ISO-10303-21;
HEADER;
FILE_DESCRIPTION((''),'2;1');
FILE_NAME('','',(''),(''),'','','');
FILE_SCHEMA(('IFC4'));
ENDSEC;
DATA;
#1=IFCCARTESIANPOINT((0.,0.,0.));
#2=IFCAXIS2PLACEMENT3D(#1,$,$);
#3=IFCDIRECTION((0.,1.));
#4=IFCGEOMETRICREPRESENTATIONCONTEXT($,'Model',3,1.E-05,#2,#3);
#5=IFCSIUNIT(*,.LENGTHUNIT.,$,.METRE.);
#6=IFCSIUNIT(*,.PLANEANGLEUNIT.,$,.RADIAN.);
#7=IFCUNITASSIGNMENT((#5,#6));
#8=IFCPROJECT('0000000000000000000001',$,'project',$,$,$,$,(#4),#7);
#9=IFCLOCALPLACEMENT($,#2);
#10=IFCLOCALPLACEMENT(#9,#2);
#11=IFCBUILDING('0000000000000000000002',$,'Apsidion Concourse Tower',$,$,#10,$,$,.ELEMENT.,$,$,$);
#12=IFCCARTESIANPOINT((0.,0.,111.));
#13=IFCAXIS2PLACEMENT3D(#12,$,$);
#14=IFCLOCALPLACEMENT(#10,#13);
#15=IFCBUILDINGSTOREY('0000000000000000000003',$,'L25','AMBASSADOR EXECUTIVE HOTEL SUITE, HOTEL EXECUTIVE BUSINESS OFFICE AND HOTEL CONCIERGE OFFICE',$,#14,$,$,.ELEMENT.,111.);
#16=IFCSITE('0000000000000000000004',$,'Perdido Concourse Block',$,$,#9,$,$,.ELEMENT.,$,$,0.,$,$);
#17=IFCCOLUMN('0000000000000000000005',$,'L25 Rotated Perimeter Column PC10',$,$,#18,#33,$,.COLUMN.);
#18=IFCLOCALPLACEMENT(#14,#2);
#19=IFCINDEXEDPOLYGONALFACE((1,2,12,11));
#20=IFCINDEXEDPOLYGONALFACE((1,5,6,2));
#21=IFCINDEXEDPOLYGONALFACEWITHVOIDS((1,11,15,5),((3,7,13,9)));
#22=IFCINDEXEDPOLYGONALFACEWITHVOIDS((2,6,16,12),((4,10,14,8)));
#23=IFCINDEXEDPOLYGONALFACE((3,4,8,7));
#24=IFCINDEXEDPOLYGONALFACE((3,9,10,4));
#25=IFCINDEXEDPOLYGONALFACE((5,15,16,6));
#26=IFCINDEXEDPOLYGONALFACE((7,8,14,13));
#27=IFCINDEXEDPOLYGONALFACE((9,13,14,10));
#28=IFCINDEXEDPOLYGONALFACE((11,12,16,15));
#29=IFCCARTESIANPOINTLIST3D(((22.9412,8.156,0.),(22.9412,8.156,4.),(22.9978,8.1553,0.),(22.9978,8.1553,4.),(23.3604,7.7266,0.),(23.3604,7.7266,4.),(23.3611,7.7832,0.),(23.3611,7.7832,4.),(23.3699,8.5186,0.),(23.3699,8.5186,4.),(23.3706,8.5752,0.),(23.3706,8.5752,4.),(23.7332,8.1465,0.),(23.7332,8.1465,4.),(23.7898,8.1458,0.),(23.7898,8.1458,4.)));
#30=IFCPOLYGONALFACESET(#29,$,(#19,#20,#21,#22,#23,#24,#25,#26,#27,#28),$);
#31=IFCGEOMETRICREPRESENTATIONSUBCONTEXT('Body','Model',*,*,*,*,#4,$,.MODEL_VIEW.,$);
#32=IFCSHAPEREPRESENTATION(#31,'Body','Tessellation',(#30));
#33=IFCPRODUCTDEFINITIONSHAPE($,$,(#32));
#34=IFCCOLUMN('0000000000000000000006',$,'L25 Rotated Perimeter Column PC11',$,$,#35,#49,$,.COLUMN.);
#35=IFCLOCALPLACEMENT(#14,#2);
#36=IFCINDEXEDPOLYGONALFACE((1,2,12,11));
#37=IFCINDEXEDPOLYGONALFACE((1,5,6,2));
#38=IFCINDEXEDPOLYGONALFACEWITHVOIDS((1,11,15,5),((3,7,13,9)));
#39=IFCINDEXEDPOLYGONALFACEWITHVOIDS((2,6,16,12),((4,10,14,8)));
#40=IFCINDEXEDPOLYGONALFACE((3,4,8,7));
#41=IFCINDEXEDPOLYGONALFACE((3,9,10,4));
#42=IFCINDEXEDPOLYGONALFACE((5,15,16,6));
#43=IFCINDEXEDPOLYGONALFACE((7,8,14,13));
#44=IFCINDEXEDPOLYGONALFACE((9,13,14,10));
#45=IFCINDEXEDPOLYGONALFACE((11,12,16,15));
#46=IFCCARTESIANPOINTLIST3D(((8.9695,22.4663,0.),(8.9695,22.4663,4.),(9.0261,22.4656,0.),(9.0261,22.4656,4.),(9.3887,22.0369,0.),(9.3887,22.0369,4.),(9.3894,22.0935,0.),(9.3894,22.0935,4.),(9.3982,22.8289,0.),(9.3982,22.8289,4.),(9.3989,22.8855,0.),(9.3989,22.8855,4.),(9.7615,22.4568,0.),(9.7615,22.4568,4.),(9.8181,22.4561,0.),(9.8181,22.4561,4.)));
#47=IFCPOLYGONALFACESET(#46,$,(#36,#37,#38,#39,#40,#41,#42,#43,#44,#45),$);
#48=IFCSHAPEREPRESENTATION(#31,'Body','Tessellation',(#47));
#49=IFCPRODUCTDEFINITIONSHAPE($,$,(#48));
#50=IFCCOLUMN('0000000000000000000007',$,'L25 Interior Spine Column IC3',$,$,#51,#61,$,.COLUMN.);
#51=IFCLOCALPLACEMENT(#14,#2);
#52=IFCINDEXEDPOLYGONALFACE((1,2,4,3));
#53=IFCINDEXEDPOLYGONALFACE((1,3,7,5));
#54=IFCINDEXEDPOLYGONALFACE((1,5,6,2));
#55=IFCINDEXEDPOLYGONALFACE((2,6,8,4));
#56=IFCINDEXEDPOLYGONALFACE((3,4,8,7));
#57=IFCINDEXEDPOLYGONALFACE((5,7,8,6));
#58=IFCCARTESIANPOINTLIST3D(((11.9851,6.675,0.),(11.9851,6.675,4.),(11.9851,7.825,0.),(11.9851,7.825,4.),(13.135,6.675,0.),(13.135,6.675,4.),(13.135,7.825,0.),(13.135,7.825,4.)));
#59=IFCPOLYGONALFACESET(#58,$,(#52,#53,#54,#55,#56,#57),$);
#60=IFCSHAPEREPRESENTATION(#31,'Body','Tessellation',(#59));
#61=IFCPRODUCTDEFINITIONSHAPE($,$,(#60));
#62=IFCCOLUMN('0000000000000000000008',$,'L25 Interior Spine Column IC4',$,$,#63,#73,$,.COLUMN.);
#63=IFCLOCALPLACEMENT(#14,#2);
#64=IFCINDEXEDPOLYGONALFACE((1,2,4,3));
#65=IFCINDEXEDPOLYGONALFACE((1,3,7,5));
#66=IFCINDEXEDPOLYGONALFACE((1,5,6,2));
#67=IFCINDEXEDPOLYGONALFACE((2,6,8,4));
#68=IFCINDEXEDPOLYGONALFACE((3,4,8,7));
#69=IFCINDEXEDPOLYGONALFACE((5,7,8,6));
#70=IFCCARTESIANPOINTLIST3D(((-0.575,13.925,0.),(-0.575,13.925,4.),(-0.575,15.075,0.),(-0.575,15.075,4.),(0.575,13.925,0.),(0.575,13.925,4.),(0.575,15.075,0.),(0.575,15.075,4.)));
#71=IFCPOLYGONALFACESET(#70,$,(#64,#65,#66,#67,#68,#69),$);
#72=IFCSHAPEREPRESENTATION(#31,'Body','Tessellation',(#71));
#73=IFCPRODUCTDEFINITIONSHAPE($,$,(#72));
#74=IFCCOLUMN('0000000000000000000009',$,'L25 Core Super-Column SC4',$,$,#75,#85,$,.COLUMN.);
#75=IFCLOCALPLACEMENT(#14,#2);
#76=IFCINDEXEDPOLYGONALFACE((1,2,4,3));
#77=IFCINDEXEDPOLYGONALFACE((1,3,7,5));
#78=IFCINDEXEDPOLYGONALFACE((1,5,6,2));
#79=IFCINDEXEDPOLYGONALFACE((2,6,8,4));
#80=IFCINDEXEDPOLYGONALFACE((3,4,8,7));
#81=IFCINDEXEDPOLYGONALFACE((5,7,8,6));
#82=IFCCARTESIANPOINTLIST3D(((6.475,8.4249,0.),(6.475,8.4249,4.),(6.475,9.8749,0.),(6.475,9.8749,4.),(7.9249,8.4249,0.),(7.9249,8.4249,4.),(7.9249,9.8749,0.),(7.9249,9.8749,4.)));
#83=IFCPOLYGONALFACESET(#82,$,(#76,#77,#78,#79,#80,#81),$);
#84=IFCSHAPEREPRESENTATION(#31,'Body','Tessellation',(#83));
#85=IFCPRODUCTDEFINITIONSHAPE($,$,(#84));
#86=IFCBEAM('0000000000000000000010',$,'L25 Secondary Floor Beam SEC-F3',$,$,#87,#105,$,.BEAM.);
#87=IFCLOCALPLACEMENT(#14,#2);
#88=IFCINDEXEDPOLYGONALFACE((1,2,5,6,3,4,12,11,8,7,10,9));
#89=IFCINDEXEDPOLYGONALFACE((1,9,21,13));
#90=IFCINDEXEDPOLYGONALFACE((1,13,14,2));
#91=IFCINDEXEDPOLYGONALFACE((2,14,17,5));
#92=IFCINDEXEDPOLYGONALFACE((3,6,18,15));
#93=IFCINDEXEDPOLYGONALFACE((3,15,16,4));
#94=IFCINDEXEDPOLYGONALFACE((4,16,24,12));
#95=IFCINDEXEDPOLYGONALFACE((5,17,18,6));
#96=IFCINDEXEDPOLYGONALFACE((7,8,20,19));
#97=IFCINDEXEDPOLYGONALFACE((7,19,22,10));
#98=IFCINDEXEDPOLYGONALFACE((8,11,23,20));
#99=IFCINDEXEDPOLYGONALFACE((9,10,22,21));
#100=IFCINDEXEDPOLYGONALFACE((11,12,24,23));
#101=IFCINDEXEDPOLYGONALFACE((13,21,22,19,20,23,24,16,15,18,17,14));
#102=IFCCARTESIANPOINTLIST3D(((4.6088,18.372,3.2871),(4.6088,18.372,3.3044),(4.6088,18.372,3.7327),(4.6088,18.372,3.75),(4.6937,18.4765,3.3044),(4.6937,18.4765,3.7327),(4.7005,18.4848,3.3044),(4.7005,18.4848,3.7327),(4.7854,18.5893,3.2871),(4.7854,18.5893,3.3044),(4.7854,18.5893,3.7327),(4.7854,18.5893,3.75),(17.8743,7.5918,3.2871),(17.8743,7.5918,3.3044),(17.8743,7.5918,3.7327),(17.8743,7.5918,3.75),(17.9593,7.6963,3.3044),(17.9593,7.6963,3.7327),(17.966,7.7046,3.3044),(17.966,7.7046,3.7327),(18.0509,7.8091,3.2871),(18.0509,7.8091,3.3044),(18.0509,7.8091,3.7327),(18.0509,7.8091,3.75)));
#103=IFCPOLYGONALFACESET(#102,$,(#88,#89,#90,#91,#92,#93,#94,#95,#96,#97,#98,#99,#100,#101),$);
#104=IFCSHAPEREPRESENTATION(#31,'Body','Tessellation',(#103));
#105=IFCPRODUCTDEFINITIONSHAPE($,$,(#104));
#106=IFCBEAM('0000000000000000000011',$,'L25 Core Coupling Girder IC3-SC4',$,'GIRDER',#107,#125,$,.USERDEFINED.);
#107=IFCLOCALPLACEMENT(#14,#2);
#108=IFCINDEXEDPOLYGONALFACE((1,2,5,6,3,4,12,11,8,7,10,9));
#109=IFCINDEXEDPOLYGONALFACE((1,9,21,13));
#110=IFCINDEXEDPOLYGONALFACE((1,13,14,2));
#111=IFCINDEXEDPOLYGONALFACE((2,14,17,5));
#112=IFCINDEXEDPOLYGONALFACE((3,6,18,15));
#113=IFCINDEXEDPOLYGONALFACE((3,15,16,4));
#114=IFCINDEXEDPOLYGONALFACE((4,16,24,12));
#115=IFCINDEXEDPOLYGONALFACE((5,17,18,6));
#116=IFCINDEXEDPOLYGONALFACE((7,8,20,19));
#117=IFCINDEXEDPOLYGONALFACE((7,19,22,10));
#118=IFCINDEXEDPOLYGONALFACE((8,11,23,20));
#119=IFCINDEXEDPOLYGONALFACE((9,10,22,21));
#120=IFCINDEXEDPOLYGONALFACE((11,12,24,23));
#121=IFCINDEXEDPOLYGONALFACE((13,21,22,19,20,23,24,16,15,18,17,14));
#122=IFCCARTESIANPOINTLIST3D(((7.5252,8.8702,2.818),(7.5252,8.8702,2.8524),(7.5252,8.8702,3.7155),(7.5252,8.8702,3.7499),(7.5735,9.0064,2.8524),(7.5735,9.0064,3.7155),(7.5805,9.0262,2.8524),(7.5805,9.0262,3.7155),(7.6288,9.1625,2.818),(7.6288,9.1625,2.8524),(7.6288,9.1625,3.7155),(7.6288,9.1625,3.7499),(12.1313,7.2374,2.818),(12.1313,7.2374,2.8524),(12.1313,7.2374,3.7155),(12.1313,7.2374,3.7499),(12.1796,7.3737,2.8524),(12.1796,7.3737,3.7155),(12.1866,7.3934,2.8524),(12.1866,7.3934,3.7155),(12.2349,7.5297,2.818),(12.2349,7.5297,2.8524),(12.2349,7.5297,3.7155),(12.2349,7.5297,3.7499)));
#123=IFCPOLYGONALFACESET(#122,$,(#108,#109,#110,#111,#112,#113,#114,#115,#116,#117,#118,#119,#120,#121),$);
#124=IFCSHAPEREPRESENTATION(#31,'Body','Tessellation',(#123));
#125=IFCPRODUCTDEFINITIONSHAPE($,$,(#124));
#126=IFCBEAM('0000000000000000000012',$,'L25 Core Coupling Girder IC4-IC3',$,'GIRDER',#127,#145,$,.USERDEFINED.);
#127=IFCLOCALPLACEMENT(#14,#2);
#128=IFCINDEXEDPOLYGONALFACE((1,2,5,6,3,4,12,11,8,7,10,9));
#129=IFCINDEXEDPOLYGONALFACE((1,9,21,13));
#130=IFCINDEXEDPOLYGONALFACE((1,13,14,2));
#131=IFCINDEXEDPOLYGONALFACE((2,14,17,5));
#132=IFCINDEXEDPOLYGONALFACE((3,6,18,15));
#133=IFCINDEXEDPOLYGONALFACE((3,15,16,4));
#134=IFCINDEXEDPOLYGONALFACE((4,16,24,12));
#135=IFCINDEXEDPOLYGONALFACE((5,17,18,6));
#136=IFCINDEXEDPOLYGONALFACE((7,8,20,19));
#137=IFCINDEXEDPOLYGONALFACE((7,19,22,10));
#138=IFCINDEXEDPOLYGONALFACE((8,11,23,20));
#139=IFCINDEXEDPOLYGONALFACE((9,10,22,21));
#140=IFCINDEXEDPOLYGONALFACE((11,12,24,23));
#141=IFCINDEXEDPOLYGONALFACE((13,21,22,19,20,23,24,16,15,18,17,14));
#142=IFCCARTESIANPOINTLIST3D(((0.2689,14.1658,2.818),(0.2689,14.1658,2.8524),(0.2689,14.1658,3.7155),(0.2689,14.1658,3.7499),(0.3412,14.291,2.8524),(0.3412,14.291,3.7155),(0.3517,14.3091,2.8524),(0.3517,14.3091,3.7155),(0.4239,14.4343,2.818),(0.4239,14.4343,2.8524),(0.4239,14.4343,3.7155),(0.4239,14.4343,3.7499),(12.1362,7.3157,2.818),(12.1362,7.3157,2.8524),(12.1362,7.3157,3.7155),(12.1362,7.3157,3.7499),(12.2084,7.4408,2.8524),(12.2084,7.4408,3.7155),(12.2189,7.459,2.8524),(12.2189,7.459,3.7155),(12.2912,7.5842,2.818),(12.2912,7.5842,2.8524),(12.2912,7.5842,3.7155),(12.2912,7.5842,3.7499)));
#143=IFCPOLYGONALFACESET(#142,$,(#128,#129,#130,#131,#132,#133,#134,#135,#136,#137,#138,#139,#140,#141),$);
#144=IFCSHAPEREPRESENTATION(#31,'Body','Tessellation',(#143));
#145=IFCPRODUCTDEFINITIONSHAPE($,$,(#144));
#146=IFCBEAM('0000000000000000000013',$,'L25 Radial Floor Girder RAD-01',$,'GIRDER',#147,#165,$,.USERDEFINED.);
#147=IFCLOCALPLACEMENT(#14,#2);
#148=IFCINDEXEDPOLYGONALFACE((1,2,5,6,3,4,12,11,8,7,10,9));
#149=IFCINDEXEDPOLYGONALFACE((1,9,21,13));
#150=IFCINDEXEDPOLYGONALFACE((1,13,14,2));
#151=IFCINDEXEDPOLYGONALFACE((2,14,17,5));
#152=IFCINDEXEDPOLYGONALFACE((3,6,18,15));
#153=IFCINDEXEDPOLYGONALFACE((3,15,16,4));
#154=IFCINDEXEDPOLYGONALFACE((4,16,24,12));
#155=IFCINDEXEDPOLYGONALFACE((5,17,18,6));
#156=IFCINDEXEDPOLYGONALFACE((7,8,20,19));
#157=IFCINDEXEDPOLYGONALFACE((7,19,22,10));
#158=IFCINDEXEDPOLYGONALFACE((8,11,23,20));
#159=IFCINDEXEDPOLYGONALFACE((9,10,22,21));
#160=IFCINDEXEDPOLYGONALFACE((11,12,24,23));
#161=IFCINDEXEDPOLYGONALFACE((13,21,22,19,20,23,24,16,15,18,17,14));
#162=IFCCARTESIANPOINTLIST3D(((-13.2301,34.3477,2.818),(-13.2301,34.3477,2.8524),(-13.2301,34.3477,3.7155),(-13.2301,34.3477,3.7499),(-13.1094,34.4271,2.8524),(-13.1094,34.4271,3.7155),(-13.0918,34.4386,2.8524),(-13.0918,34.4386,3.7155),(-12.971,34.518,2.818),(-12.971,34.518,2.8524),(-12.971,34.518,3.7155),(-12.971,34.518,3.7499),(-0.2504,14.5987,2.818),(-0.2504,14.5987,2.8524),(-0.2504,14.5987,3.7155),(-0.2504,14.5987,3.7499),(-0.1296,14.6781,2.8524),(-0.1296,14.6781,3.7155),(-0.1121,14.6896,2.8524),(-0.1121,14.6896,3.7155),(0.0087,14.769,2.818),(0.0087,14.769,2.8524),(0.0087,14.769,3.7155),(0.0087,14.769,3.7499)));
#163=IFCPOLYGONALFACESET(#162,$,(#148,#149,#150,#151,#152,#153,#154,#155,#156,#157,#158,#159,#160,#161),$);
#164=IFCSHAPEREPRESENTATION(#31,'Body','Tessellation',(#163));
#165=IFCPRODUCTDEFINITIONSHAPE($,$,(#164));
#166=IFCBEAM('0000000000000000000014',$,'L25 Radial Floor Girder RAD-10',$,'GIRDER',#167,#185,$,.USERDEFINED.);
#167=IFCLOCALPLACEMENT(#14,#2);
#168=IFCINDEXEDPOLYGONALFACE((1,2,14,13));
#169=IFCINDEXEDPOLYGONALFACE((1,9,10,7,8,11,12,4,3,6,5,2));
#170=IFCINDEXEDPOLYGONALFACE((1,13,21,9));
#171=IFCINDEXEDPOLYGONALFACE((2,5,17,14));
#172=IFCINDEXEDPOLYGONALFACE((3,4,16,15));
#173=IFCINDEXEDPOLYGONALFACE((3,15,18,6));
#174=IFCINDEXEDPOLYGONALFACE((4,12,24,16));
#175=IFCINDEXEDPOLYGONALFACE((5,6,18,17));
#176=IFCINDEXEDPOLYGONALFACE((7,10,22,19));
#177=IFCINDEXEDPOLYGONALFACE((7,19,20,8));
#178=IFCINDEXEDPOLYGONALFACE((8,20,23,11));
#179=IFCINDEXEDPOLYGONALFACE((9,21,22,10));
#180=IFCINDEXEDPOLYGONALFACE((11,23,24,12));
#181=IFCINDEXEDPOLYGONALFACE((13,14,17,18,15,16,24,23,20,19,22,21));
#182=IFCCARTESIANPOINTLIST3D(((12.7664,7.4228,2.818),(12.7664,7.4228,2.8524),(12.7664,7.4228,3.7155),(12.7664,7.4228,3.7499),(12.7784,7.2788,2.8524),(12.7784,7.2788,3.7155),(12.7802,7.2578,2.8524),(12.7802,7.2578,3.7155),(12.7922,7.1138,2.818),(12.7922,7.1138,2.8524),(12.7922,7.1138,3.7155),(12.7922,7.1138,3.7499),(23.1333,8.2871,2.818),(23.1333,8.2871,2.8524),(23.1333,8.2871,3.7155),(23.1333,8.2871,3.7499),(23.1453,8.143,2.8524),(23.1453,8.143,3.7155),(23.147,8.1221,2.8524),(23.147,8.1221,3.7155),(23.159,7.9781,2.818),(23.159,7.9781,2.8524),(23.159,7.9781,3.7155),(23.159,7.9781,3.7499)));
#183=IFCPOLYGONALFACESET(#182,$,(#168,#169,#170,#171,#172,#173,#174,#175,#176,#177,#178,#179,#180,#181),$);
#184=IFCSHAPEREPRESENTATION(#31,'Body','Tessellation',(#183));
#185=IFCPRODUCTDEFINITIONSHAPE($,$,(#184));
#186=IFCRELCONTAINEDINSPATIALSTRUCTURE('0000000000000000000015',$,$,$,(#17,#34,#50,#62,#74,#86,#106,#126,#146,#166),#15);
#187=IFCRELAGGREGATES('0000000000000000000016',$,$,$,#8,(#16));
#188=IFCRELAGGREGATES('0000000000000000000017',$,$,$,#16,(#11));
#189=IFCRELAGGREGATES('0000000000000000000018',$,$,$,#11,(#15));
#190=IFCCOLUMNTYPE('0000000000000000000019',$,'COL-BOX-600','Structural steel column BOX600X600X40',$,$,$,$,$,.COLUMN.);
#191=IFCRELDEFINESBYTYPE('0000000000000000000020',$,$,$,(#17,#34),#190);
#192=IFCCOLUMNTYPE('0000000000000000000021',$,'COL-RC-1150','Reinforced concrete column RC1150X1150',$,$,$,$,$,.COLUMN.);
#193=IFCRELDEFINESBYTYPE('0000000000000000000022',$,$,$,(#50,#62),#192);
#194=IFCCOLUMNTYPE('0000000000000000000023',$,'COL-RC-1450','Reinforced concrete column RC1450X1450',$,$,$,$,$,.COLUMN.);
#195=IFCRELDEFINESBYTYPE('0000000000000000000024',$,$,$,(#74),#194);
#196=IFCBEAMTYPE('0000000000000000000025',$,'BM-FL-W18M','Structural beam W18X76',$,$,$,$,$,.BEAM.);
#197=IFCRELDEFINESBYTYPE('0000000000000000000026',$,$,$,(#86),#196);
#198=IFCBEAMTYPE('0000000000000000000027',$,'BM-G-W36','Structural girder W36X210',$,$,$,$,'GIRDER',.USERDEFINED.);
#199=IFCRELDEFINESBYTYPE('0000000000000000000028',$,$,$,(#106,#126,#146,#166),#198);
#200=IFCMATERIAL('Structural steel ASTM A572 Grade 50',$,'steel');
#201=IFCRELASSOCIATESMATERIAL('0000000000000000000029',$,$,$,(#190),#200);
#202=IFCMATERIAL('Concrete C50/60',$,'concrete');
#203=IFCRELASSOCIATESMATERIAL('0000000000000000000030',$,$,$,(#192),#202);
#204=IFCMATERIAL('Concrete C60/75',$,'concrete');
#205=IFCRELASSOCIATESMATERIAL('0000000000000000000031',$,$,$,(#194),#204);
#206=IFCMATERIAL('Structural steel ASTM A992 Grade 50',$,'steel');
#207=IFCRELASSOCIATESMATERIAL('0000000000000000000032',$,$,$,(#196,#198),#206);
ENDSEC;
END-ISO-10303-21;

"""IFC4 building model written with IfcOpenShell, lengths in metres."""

from ifc_helpers import new_model, si_unit, direction, frame, origin, origin_2d, place, context, subcontext, project, spatial, rectangle, hollow_rectangle, i_section, extrude, material, material_profile, profile_set, type_object, element, save


model = new_model("IFC4")

# Units and contexts
model_context = context("Model", 3, precision=1e-05, world=origin(), true_north=direction((0.0, 1.0)))
body_context = subcontext(model_context, "Body", "Model", "MODEL_VIEW")
ifc_project = project(units=[si_unit("LENGTHUNIT", "METRE"), si_unit("PLANEANGLEUNIT", "RADIAN")], contexts=[model_context])

# Site, building, storey
site_placement = place(None, origin())
site = spatial("IfcSite", under=ifc_project, at=site_placement, Name="Perdido Concourse Block", CompositionType="ELEMENT", RefElevation=0.0)
building_placement = place(site_placement, origin())
building = spatial("IfcBuilding", under=site, at=building_placement, Name="Apsidion Concourse Tower", CompositionType="ELEMENT")
storey_placement = place(building_placement, frame((0.0, 0.0, 111.0)))
storey = spatial("IfcBuildingStorey", under=building, at=storey_placement, Name="L25", Description="AMBASSADOR EXECUTIVE HOTEL SUITE, HOTEL EXECUTIVE BUSINESS OFFICE AND HOTEL CONCIERGE OFFICE", CompositionType="ELEMENT", Elevation=111.0)

# Columns
ifc_material_1 = material(Name="Structural steel ASTM A572 Grade 50", Category="steel")
ifc_material_profile_1 = material_profile(ifc_material_1, hollow_rectangle(XDim=0.6001, YDim=0.6001, WallThickness=0.04, at=origin_2d()), Name="BOX600X600X40")
ifc_profile_set_1 = profile_set([ifc_material_profile_1], Name="Structural steel ASTM A572 Grade 50")
column_type_1 = type_object("IfcColumnType", Name="COL-BOX-600", Description="Structural steel column BOX600X600X40", PredefinedType="COLUMN", material=ifc_profile_set_1)
for number, where, z_axis, x_axis, name in (
    (1, (23.3655, 8.1509, 0.0), (0.0, 0.0, 1.0), (-0.69854, 0.715571, 0.0), "L25 Rotated Perimeter Column PC10"),
    (2, (9.3938, 22.4612, 0.0), (0.0, 0.0, 1.0), (-0.69854, 0.715571, 0.0), "L25 Rotated Perimeter Column PC11"),
):
    element("IfcColumn", number, at=place(storey_placement, frame(where, z_axis=z_axis, x_axis=x_axis)), inside=storey, type_object=column_type_1, Name=name, PredefinedType="COLUMN", context=body_context, shape_type="SweptSolid", body=[
        extrude(hollow_rectangle(XDim=0.6001, YDim=0.6001, WallThickness=0.04, at=origin_2d()), origin(), (0.0, 0.0, 1.0), 4.0),
    ])
ifc_material_2 = material(Name="Concrete C50/60", Category="concrete")
ifc_material_profile_2 = material_profile(ifc_material_2, rectangle(XDim=1.1499, YDim=1.1499, at=origin_2d()), Name="RC 1150x1150")
ifc_profile_set_2 = profile_set([ifc_material_profile_2], Name="Concrete C50/60")
column_type_2 = type_object("IfcColumnType", Name="COL-RC-1150", Description="Reinforced concrete column RC1150X1150", PredefinedType="COLUMN", material=ifc_profile_set_2)
for number, where, z_axis, x_axis, name in (
    (3, (12.5601, 7.25, 0.0), (0.0, 0.0, 1.0), (1.0, 0.0, 0.0), "L25 Interior Spine Column IC3"),
    (4, (0.0, 14.5, 0.0), (0.0, 0.0, 1.0), (1.0, 0.0, 0.0), "L25 Interior Spine Column IC4"),
):
    element("IfcColumn", number, at=place(storey_placement, frame(where, z_axis=z_axis, x_axis=x_axis)), inside=storey, type_object=column_type_2, Name=name, PredefinedType="COLUMN", context=body_context, shape_type="SweptSolid", body=[
        extrude(rectangle(XDim=1.1499, YDim=1.1499, at=origin_2d()), origin(), (0.0, 0.0, 1.0), 4.0),
    ])
ifc_material_3 = material(Name="Concrete C60/75", Category="concrete")
ifc_material_profile_3 = material_profile(ifc_material_3, rectangle(XDim=1.45, YDim=1.45, at=origin_2d()), Name="RC 1450x1450")
ifc_profile_set_3 = profile_set([ifc_material_profile_3], Name="Concrete C60/75")
column_type_3 = type_object("IfcColumnType", Name="COL-RC-1450", Description="Reinforced concrete column RC1450X1450", PredefinedType="COLUMN", material=ifc_profile_set_3)
column_placement = place(storey_placement, frame((7.2, 9.1499, 0.0), z_axis=(0.0, 0.0, 1.0), x_axis=(1.0, 0.0, 0.0)))
element("IfcColumn", 5, at=column_placement, inside=storey, type_object=column_type_3, Name="L25 Core Super-Column SC4", PredefinedType="COLUMN", context=body_context, shape_type="SweptSolid", body=[
    extrude(rectangle(XDim=1.45, YDim=1.45, at=origin_2d()), origin(), (0.0, 0.0, 1.0), 4.0),
])

# Beams
ifc_material_4 = material(Name="Structural steel ASTM A992 Grade 50", Category="steel")
ifc_material_profile_4 = material_profile(ifc_material_4, i_section(OverallWidth=0.28, OverallDepth=0.4629, WebThickness=0.0107, FlangeThickness=0.0173, at=origin_2d()), Name="W18X76")
ifc_profile_set_4 = profile_set([ifc_material_profile_4], Name="Structural steel ASTM A992 Grade 50")
beam_type_1 = type_object("IfcBeamType", Name="BM-FL-W18M", Description="Structural beam W18X76", PredefinedType="BEAM", material=ifc_profile_set_4)
beam_1_placement = place(storey_placement, frame((17.9626, 7.7004, 3.5186), z_axis=(-0.776058, 0.630661, 0.0), x_axis=(-0.630661, -0.776058, 0.0)))
element("IfcBeam", 6, at=beam_1_placement, inside=storey, type_object=beam_type_1, Name="L25 Secondary Floor Beam SEC-F3", PredefinedType="BEAM", context=body_context, shape_type="SweptSolid", body=[
    extrude(i_section(OverallWidth=0.28, OverallDepth=0.4629, WebThickness=0.0107, FlangeThickness=0.0173, at=origin_2d()), origin(), (0.0, 0.0, 1.0), 17.0935),
])
ifc_material_profile_5 = material_profile(ifc_material_4, i_section(OverallWidth=0.3101, OverallDepth=0.9319, WebThickness=0.021, FlangeThickness=0.0344, at=origin_2d()), Name="W36X210")
ifc_profile_set_5 = profile_set([ifc_material_profile_5], Name="Structural steel ASTM A992 Grade 50")
beam_type_2 = type_object("IfcBeamType", Name="BM-G-W36", Description="Structural girder W36X210", ElementType="GIRDER", PredefinedType="USERDEFINED", material=ifc_profile_set_5)
beam_2_placement = place(storey_placement, frame((12.1831, 7.3835, 3.2839), z_axis=(-0.942534, 0.334111, 0.0), x_axis=(-0.334111, -0.942534, 0.0)))
element("IfcBeam", 7, at=beam_2_placement, inside=storey, type_object=beam_type_2, Name="L25 Core Coupling Girder IC3-SC4", ObjectType="GIRDER", PredefinedType="USERDEFINED", context=body_context, shape_type="SweptSolid", body=[
    extrude(i_section(OverallWidth=0.3101, OverallDepth=0.9319, WebThickness=0.021, FlangeThickness=0.0344, at=origin_2d()), origin(), (0.0, 0.0, 1.0), 4.887),
])
beam_3_placement = place(storey_placement, frame((0.3464, 14.3, 3.2839), z_axis=(0.86607, -0.499922, 0.0), x_axis=(0.499922, 0.86607, 0.0)))
element("IfcBeam", 8, at=beam_3_placement, inside=storey, type_object=beam_type_2, Name="L25 Core Coupling Girder IC4-IC3", ObjectType="GIRDER", PredefinedType="USERDEFINED", context=body_context, shape_type="SweptSolid", body=[
    extrude(i_section(OverallWidth=0.3101, OverallDepth=0.9319, WebThickness=0.021, FlangeThickness=0.0344, at=origin_2d()), origin(), (0.0, 0.0, 1.0), 13.7024),
])
beam_4_placement = place(storey_placement, frame((-0.1208, 14.6838, 3.2839), z_axis=(-0.549231, 0.83567, 0.0), x_axis=(-0.83567, -0.549231, 0.0)))
element("IfcBeam", 9, at=beam_4_placement, inside=storey, type_object=beam_type_2, Name="L25 Radial Floor Girder RAD-01", ObjectType="GIRDER", PredefinedType="USERDEFINED", context=body_context, shape_type="SweptSolid", body=[
    extrude(i_section(OverallWidth=0.3101, OverallDepth=0.9319, WebThickness=0.021, FlangeThickness=0.0344, at=origin_2d()), origin(), (0.0, 0.0, 1.0), 23.6326),
])
beam_5_placement = place(storey_placement, frame((12.7793, 7.2683, 3.2839), z_axis=(0.996543, 0.083078, 0.0), x_axis=(-0.083078, 0.996543, 0.0)))
element("IfcBeam", 10, at=beam_5_placement, inside=storey, type_object=beam_type_2, Name="L25 Radial Floor Girder RAD-10", ObjectType="GIRDER", PredefinedType="USERDEFINED", context=body_context, shape_type="SweptSolid", body=[
    extrude(i_section(OverallWidth=0.3101, OverallDepth=0.9319, WebThickness=0.021, FlangeThickness=0.0344, at=origin_2d()), origin(), (0.0, 0.0, 1.0), 10.4028),
])

save(model, "model.ifc")
